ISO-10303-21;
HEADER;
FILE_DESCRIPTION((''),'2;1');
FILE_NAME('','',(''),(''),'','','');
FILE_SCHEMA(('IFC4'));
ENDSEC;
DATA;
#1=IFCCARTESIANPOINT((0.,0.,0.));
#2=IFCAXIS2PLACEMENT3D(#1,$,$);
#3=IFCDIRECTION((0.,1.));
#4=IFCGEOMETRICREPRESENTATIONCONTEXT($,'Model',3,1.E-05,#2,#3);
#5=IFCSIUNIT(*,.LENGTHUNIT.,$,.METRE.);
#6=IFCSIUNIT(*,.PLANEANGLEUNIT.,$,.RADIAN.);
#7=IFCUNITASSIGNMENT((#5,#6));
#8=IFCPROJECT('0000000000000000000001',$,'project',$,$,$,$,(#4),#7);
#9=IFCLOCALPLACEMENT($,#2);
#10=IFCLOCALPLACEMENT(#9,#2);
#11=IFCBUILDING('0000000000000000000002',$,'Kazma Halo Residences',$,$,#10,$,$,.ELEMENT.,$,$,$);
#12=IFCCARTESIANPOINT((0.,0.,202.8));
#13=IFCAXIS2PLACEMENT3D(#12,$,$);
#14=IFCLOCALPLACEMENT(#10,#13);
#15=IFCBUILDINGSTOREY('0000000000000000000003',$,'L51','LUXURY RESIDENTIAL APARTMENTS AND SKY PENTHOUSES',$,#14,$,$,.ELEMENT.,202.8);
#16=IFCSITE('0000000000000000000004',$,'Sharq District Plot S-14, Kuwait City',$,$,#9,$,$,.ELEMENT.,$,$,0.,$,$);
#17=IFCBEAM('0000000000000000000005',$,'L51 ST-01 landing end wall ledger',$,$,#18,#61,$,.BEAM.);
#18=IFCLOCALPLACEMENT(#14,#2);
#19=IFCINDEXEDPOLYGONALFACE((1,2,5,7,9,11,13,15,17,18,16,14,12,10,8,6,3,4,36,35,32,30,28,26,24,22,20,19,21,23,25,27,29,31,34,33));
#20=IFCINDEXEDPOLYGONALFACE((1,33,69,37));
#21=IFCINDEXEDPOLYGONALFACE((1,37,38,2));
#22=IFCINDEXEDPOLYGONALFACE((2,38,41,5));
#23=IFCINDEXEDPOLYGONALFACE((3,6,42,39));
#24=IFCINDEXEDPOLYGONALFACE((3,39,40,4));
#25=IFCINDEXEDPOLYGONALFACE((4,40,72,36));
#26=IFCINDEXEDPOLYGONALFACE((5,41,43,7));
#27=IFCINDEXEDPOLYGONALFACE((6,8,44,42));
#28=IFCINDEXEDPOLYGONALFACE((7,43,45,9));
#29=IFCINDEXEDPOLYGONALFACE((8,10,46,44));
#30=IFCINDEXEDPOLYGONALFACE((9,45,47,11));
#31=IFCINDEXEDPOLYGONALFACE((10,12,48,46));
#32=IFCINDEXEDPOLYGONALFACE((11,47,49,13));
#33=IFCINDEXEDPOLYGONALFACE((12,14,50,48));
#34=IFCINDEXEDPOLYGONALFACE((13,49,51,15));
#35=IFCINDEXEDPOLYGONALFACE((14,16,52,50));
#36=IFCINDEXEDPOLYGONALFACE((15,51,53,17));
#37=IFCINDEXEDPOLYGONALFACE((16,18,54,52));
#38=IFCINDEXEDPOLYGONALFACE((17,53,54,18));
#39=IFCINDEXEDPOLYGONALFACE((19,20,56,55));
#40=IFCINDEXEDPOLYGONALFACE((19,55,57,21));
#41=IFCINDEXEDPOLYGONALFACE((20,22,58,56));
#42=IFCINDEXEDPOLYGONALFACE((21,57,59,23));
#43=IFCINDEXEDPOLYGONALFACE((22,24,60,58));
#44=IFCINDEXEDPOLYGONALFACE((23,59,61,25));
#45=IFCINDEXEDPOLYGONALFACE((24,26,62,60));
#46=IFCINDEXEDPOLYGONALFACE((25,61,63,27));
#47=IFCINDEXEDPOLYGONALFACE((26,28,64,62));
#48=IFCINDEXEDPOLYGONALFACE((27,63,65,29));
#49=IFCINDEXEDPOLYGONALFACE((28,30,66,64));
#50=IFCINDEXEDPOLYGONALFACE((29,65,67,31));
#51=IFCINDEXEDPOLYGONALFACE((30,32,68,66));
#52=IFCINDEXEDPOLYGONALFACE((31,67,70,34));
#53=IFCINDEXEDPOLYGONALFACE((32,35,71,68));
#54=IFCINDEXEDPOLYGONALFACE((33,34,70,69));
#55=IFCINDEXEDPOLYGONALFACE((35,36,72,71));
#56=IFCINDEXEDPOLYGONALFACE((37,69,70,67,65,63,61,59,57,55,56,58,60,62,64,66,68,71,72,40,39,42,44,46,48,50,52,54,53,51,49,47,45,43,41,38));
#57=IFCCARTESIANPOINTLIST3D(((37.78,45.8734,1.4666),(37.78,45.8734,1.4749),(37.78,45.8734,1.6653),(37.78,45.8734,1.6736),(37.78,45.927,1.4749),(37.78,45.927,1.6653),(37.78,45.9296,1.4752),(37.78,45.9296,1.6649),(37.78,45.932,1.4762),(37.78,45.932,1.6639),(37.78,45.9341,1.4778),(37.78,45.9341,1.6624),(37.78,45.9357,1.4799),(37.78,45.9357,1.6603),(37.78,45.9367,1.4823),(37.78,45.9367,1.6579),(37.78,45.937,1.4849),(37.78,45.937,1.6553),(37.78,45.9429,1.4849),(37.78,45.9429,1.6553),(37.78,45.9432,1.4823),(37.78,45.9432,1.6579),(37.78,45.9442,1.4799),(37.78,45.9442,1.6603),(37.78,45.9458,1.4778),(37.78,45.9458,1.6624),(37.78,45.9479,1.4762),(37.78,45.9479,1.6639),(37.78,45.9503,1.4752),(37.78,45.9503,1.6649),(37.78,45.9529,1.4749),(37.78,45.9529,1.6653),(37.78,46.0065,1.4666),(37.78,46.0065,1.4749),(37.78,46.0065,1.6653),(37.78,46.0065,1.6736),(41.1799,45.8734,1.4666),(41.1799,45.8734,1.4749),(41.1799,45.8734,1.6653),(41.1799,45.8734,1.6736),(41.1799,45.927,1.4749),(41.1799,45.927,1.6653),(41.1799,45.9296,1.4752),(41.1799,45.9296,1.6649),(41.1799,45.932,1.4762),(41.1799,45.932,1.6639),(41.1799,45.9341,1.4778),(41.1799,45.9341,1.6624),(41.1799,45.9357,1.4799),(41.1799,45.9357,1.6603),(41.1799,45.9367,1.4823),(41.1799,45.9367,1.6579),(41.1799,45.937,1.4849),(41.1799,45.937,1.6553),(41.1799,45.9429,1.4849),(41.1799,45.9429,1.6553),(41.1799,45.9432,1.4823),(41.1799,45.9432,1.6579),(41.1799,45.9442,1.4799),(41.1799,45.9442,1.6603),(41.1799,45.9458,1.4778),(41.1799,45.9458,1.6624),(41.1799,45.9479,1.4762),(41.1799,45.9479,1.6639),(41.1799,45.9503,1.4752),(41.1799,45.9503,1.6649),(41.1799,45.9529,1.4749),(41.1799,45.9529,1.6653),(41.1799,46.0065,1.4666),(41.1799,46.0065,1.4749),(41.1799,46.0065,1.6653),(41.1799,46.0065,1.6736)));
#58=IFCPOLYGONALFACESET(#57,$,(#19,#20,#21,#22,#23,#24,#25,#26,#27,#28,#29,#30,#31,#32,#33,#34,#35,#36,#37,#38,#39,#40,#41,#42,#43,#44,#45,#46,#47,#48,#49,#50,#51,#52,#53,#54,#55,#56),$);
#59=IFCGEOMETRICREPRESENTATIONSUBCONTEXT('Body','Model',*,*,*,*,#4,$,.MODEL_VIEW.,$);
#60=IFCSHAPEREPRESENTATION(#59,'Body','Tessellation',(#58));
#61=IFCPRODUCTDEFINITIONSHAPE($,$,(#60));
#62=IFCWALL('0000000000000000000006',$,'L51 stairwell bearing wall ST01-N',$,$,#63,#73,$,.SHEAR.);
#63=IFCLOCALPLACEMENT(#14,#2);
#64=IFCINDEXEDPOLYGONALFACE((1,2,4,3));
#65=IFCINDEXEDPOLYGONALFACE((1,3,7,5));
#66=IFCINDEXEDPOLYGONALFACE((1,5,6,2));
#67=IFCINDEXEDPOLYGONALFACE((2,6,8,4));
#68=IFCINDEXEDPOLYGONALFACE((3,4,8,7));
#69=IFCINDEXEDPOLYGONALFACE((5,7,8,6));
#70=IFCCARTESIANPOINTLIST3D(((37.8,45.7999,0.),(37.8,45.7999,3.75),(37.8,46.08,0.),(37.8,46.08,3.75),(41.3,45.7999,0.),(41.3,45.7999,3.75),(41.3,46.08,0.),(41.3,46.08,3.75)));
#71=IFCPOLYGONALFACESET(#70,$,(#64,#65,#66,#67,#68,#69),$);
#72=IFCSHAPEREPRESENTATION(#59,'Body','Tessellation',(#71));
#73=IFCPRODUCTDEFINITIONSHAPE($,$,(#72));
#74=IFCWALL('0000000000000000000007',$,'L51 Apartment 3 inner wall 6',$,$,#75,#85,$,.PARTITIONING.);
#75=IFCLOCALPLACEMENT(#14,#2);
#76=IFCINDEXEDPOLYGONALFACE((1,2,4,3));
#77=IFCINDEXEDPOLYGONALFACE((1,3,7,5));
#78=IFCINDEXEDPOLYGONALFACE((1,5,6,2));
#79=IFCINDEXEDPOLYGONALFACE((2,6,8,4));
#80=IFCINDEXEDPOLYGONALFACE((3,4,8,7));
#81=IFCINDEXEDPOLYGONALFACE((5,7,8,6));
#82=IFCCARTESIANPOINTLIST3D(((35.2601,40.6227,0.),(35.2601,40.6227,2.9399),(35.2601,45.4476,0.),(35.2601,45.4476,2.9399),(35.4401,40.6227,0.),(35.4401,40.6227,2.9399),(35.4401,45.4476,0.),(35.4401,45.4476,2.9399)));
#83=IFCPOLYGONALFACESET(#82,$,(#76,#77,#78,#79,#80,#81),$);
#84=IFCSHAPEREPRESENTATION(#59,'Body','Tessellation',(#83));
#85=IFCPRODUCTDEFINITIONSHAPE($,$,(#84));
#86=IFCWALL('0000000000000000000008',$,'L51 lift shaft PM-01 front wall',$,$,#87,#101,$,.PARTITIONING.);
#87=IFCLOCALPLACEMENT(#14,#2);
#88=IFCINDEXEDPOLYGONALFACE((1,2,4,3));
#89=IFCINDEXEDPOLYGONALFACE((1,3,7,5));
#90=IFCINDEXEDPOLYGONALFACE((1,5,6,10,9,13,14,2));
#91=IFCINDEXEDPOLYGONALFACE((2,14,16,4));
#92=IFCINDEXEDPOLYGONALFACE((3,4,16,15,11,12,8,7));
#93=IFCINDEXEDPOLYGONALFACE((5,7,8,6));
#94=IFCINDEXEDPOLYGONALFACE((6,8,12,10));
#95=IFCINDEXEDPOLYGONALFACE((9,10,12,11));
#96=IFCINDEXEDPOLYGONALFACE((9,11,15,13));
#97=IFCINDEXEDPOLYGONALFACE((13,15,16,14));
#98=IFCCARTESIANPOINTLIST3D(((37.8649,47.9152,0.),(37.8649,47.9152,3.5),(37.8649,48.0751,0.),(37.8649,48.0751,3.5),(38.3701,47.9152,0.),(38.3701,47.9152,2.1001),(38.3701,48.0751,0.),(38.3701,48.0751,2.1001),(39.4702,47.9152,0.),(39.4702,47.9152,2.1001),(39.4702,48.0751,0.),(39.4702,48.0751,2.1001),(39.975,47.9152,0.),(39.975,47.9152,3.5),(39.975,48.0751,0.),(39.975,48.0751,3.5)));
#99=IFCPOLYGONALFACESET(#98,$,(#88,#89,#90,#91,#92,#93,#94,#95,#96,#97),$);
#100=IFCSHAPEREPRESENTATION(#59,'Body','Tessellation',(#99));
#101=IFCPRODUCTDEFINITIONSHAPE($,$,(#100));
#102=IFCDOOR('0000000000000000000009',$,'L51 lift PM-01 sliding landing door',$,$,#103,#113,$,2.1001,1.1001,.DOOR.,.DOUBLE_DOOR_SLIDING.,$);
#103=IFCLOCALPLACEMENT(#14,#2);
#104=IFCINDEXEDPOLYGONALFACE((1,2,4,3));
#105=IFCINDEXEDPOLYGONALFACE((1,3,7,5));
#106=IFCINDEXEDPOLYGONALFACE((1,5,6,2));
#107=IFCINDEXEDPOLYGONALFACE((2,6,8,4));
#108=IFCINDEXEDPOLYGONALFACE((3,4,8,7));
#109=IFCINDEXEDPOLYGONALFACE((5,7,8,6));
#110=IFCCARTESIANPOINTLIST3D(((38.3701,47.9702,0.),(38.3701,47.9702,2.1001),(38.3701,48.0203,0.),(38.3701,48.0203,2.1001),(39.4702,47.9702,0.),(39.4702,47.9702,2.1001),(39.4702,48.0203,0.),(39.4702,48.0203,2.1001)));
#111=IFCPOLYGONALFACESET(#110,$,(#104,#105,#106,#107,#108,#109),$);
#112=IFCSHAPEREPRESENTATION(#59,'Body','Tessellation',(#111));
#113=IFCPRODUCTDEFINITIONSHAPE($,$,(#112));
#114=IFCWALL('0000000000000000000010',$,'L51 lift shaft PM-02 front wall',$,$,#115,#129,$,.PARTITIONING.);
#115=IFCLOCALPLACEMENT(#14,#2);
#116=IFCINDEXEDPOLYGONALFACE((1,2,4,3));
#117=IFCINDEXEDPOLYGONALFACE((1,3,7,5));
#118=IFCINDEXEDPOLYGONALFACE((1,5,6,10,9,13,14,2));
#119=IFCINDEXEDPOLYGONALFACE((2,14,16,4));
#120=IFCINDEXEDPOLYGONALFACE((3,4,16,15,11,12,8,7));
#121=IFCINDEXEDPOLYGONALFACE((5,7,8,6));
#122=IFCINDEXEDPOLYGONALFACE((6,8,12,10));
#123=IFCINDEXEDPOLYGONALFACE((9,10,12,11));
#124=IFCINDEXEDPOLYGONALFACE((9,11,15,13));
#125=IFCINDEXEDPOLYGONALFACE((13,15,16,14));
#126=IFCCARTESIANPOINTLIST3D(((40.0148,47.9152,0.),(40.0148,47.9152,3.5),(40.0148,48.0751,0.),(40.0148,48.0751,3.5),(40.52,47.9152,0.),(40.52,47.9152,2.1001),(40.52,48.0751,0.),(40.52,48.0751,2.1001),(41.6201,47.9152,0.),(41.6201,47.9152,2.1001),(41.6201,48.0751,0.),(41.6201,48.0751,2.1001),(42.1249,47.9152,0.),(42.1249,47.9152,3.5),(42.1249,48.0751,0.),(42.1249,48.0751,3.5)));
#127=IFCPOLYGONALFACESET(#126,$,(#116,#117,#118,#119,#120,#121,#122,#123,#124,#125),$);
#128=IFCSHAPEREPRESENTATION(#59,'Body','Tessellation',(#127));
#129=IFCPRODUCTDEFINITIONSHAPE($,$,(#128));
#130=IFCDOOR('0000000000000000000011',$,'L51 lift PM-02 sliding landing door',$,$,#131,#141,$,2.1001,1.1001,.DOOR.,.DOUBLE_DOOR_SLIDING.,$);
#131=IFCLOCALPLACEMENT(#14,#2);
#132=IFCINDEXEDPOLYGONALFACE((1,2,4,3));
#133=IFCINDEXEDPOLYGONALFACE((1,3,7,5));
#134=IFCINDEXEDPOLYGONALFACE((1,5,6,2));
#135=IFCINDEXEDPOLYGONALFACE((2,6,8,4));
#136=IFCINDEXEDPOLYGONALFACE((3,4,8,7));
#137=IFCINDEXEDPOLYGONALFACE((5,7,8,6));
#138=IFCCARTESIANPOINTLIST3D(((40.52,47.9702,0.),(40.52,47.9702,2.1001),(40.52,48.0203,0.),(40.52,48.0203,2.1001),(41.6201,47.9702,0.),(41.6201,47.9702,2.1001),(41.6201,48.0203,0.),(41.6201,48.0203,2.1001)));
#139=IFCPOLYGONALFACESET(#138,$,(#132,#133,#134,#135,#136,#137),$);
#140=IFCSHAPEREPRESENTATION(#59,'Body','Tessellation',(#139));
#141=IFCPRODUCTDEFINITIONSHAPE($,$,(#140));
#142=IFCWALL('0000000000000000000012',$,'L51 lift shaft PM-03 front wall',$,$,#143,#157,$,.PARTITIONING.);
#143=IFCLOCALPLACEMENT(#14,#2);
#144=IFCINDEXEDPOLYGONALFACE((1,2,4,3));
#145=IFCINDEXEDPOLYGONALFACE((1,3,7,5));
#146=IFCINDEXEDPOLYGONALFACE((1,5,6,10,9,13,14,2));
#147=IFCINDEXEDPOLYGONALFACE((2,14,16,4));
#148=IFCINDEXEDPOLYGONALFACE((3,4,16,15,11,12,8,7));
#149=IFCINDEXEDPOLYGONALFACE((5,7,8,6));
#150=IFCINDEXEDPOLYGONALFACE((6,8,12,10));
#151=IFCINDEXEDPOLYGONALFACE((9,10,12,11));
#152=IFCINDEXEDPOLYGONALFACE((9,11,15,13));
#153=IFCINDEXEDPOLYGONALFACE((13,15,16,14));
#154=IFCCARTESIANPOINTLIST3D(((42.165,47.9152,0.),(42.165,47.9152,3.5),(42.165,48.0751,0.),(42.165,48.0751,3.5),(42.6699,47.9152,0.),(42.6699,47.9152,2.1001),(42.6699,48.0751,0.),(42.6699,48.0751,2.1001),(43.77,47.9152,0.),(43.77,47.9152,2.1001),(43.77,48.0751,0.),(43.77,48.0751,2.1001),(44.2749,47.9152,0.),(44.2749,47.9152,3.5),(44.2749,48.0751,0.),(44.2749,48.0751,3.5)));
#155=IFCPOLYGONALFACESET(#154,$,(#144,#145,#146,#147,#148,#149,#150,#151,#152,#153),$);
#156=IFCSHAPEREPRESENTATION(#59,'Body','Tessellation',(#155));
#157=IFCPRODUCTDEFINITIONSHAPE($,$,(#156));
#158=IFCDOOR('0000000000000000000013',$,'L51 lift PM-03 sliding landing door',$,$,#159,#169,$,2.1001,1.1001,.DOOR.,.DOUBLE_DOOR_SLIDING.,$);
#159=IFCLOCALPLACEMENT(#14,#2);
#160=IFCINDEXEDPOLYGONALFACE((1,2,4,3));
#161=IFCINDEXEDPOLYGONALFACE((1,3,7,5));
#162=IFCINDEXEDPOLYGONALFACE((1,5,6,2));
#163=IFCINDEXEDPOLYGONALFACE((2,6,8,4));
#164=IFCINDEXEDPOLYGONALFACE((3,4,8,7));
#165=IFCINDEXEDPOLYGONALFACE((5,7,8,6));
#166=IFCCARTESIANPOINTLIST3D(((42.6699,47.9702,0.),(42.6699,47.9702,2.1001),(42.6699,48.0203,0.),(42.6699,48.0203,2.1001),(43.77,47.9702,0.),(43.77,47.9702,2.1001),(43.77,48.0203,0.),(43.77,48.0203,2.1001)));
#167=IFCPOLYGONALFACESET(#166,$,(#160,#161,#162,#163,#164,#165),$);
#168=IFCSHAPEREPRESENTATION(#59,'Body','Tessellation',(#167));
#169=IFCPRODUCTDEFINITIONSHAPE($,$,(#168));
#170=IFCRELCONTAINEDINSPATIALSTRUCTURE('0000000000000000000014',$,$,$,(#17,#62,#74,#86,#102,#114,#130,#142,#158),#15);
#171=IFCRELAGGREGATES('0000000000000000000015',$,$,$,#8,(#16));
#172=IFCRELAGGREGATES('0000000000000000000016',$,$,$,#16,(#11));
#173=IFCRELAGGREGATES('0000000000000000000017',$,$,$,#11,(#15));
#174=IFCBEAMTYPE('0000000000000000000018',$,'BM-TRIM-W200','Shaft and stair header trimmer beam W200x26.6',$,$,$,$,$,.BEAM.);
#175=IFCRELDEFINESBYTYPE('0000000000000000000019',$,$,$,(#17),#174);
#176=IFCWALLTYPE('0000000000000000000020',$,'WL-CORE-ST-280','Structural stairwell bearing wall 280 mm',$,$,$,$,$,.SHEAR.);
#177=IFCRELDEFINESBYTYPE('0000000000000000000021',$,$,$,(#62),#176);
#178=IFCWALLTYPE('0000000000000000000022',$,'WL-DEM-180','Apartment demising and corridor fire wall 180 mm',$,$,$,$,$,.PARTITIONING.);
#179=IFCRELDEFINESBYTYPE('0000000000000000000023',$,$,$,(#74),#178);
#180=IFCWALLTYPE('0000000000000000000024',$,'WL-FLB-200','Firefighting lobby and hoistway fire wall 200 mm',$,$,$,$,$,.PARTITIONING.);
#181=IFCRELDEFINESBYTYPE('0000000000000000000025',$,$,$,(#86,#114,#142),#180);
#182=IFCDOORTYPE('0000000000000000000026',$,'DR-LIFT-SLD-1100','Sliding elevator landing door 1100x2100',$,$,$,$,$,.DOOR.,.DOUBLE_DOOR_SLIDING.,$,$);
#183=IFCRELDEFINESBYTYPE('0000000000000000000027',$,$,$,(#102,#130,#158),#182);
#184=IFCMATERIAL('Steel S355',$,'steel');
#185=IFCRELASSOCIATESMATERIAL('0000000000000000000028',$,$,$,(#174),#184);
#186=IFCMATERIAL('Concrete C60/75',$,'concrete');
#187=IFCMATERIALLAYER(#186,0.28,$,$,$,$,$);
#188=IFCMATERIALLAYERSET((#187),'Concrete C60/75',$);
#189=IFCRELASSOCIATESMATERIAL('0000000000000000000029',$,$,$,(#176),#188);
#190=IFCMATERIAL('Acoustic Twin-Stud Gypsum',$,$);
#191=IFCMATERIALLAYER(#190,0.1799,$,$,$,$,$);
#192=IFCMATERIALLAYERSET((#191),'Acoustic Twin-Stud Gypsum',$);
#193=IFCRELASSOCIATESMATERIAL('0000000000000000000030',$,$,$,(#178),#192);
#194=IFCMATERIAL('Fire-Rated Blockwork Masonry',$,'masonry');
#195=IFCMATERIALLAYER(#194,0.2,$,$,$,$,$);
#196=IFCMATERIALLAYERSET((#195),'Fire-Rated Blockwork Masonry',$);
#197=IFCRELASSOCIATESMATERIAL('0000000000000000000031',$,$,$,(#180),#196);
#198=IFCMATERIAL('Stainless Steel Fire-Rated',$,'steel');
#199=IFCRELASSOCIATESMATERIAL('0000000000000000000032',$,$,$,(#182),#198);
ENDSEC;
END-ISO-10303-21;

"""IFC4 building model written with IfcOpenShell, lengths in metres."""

from ifc_helpers import new_model, si_unit, direction, frame, frame_2d, origin, origin_2d, place, context, subcontext, project, spatial, rectangle, i_section, extrude, material, layer, layer_set, material_profile, profile_set, type_object, element, fill, save


model = new_model("IFC4")

# Units and contexts
model_context = context("Model", 3, precision=1e-05, world=origin(), true_north=direction((0.0, 1.0)))
body_context = subcontext(model_context, "Body", "Model", "MODEL_VIEW")
ifc_project = project(units=[si_unit("LENGTHUNIT", "METRE"), si_unit("PLANEANGLEUNIT", "RADIAN")], contexts=[model_context])

# Site, building, storey
site_placement = place(None, origin())
site = spatial("IfcSite", under=ifc_project, at=site_placement, Name="Sharq District Plot S-14, Kuwait City", CompositionType="ELEMENT", RefElevation=0.0)
building_placement = place(site_placement, origin())
building = spatial("IfcBuilding", under=site, at=building_placement, Name="Kazma Halo Residences", CompositionType="ELEMENT")
storey_placement = place(building_placement, frame((0.0, 0.0, 202.8)))
storey = spatial("IfcBuildingStorey", under=building, at=storey_placement, Name="L51", Description="LUXURY RESIDENTIAL APARTMENTS AND SKY PENTHOUSES", CompositionType="ELEMENT", Elevation=202.8)

# Shared definitions
ifc_material_1 = material(Name="Steel S355", Category="steel")

# Beam
ifc_material_profile_1 = material_profile(ifc_material_1, i_section(OverallWidth=0.1331, OverallDepth=0.207, WebThickness=0.0059, FlangeThickness=0.0083, FilletRadius=0.01, at=origin_2d()), Name="W200x26.6")
ifc_profile_set_1 = profile_set([ifc_material_profile_1], Name="Steel S355")
beam_type_1 = type_object("IfcBeamType", Name="BM-TRIM-W200", Description="Shaft and stair header trimmer beam W200x26.6", PredefinedType="BEAM", material=ifc_profile_set_1)
beam_1_placement = place(storey_placement, frame((37.78, 45.9399, 1.5701), z_axis=(1.0, 0.0, 0.0), x_axis=(0.0, 1.0, 0.0)))
element("IfcBeam", 1, at=beam_1_placement, inside=storey, type_object=beam_type_1, Name="L51 ST-01 landing end wall ledger", PredefinedType="BEAM", context=body_context, shape_type="SweptSolid", body=[
    extrude(i_section(OverallWidth=0.1331, OverallDepth=0.207, WebThickness=0.0059, FlangeThickness=0.0083, FilletRadius=0.01, at=origin_2d()), origin(), (0.0, 0.0, 1.0), 3.3999),
])

# Walls
ifc_material_2 = material(Name="Concrete C60/75", Category="concrete")
ifc_layer_1 = layer(ifc_material_2, 0.28)
ifc_layer_set_1 = layer_set([ifc_layer_1], Name="Concrete C60/75")
wall_type_1 = type_object("IfcWallType", Name="WL-CORE-ST-280", Description="Structural stairwell bearing wall 280 mm", PredefinedType="SHEAR", material=ifc_layer_set_1)
wall_1_placement = place(storey_placement, frame((37.8, 45.9399, 0.0), z_axis=(0.0, 0.0, 1.0), x_axis=(1.0, 0.0, 0.0)))
element("IfcWall", 2, at=wall_1_placement, inside=storey, type_object=wall_type_1, Name="L51 stairwell bearing wall ST01-N", PredefinedType="SHEAR", context=body_context, shape_type="SweptSolid", body=[
    extrude(rectangle(XDim=3.5, YDim=0.28, at=frame_2d((1.75, 0.0))), origin(), (0.0, 0.0, 1.0), 3.75),
])
ifc_material_3 = material(Name="Acoustic Twin-Stud Gypsum")
ifc_layer_2 = layer(ifc_material_3, 0.1799)
ifc_layer_set_2 = layer_set([ifc_layer_2], Name="Acoustic Twin-Stud Gypsum")
wall_type_2 = type_object("IfcWallType", Name="WL-DEM-180", Description="Apartment demising and corridor fire wall 180 mm", PredefinedType="PARTITIONING", material=ifc_layer_set_2)
wall_2_placement = place(storey_placement, frame((35.3501, 45.4478, 0.0), z_axis=(0.0, 0.0, 1.0), x_axis=(0.0, -1.0, 0.0)))
element("IfcWall", 3, at=wall_2_placement, inside=storey, type_object=wall_type_2, Name="L51 Apartment 3 inner wall 6", PredefinedType="PARTITIONING", context=body_context, shape_type="SweptSolid", body=[
    extrude(rectangle(XDim=4.825, YDim=0.1799, at=frame_2d((2.4126, 0.0))), origin(), (0.0, 0.0, 1.0), 2.9399),
])

# Walls, openings, doors
ifc_material_4 = material(Name="Fire-Rated Blockwork Masonry", Category="masonry")
ifc_layer_3 = layer(ifc_material_4, 0.2)
ifc_layer_set_3 = layer_set([ifc_layer_3], Name="Fire-Rated Blockwork Masonry")
wall_type_3 = type_object("IfcWallType", Name="WL-FLB-200", Description="Firefighting lobby and hoistway fire wall 200 mm", PredefinedType="PARTITIONING", material=ifc_layer_set_3)
wall_3_placement = place(storey_placement, frame((39.9751, 47.9951, 0.0), z_axis=(0.0, 0.0, 1.0), x_axis=(-1.0, 0.0, 0.0)))
wall_3 = element("IfcWall", 4, at=wall_3_placement, inside=storey, type_object=wall_type_3, Name="L51 lift shaft PM-01 front wall", PredefinedType="PARTITIONING", context=body_context, shape_type="SweptSolid", body=[
    extrude(rectangle(XDim=2.1101, YDim=0.1599, at=frame_2d((1.0552, 0.0))), origin(), (0.0, 0.0, 1.0), 3.5),
])
opening_1_placement = place(wall_3_placement, frame((0.5049, 0.0, 0.0)))
opening_1 = element("IfcOpeningElement", 5, at=opening_1_placement, cuts=wall_3, PredefinedType="OPENING", context=body_context, shape_type="SweptSolid", body=[
    extrude(rectangle(XDim=1.1001, YDim=2.1001, at=frame_2d((0.55, 1.05))), frame((0.0, 0.0898, 0.0), z_axis=(0.0, -1.0, 0.0), x_axis=(1.0, 0.0, 0.0)), (0.0, 0.0, 1.0), 0.1799),
])
ifc_material_5 = material(Name="Stainless Steel Fire-Rated", Category="steel")
door_type_1 = type_object("IfcDoorType", Name="DR-LIFT-SLD-1100", Description="Sliding elevator landing door 1100x2100", OperationType="DOUBLE_DOOR_SLIDING", PredefinedType="DOOR", material=ifc_material_5)
door_1_placement = place(opening_1_placement, origin())
door_1 = element("IfcDoor", 6, at=door_1_placement, inside=storey, type_object=door_type_1, Name="L51 lift PM-01 sliding landing door", OperationType="DOUBLE_DOOR_SLIDING", OverallHeight=2.1001, OverallWidth=1.1001, PredefinedType="DOOR", context=body_context, shape_type="SweptSolid", body=[
    extrude(rectangle(XDim=1.1001, YDim=2.1001, at=frame_2d((0.55, 1.05))), frame((0.0, 0.0249, 0.0), z_axis=(0.0, -1.0, 0.0), x_axis=(1.0, 0.0, 0.0)), (0.0, 0.0, 1.0), 0.05),
])
fill(opening_1, door_1)
wall_4_placement = place(storey_placement, frame((42.125, 47.9951, 0.0), z_axis=(0.0, 0.0, 1.0), x_axis=(-1.0, 0.0, 0.0)))
wall_4 = element("IfcWall", 7, at=wall_4_placement, inside=storey, type_object=wall_type_3, Name="L51 lift shaft PM-02 front wall", PredefinedType="PARTITIONING", context=body_context, shape_type="SweptSolid", body=[
    extrude(rectangle(XDim=2.1101, YDim=0.1599, at=frame_2d((1.0552, 0.0))), origin(), (0.0, 0.0, 1.0), 3.5),
])
opening_2_placement = place(wall_4_placement, frame((0.5049, 0.0, 0.0)))
opening_2 = element("IfcOpeningElement", 8, at=opening_2_placement, cuts=wall_4, PredefinedType="OPENING", context=body_context, shape_type="SweptSolid", body=[
    extrude(rectangle(XDim=1.1001, YDim=2.1001, at=frame_2d((0.55, 1.05))), frame((0.0, 0.0898, 0.0), z_axis=(0.0, -1.0, 0.0), x_axis=(1.0, 0.0, 0.0)), (0.0, 0.0, 1.0), 0.1799),
])
door_2_placement = place(opening_2_placement, origin())
door_2 = element("IfcDoor", 9, at=door_2_placement, inside=storey, type_object=door_type_1, Name="L51 lift PM-02 sliding landing door", OperationType="DOUBLE_DOOR_SLIDING", OverallHeight=2.1001, OverallWidth=1.1001, PredefinedType="DOOR", context=body_context, shape_type="SweptSolid", body=[
    extrude(rectangle(XDim=1.1001, YDim=2.1001, at=frame_2d((0.55, 1.05))), frame((0.0, 0.0249, 0.0), z_axis=(0.0, -1.0, 0.0), x_axis=(1.0, 0.0, 0.0)), (0.0, 0.0, 1.0), 0.05),
])
fill(opening_2, door_2)
wall_5_placement = place(storey_placement, frame((44.2749, 47.9951, 0.0), z_axis=(0.0, 0.0, 1.0), x_axis=(-1.0, 0.0, 0.0)))
wall_5 = element("IfcWall", 10, at=wall_5_placement, inside=storey, type_object=wall_type_3, Name="L51 lift shaft PM-03 front wall", PredefinedType="PARTITIONING", context=body_context, shape_type="SweptSolid", body=[
    extrude(rectangle(XDim=2.1099, YDim=0.1599, at=frame_2d((1.0549, 0.0))), origin(), (0.0, 0.0, 1.0), 3.5),
])
opening_3_placement = place(wall_5_placement, frame((0.5049, 0.0, 0.0)))
opening_3 = element("IfcOpeningElement", 11, at=opening_3_placement, cuts=wall_5, PredefinedType="OPENING", context=body_context, shape_type="SweptSolid", body=[
    extrude(rectangle(XDim=1.1001, YDim=2.1001, at=frame_2d((0.55, 1.05))), frame((0.0, 0.0898, 0.0), z_axis=(0.0, -1.0, 0.0), x_axis=(1.0, 0.0, 0.0)), (0.0, 0.0, 1.0), 0.1799),
])
door_3_placement = place(opening_3_placement, origin())
door_3 = element("IfcDoor", 12, at=door_3_placement, inside=storey, type_object=door_type_1, Name="L51 lift PM-03 sliding landing door", OperationType="DOUBLE_DOOR_SLIDING", OverallHeight=2.1001, OverallWidth=1.1001, PredefinedType="DOOR", context=body_context, shape_type="SweptSolid", body=[
    extrude(rectangle(XDim=1.1001, YDim=2.1001, at=frame_2d((0.55, 1.05))), frame((0.0, 0.0249, 0.0), z_axis=(0.0, -1.0, 0.0), x_axis=(1.0, 0.0, 0.0)), (0.0, 0.0, 1.0), 0.05),
])
fill(opening_3, door_3)

save(model, "model.ifc")
